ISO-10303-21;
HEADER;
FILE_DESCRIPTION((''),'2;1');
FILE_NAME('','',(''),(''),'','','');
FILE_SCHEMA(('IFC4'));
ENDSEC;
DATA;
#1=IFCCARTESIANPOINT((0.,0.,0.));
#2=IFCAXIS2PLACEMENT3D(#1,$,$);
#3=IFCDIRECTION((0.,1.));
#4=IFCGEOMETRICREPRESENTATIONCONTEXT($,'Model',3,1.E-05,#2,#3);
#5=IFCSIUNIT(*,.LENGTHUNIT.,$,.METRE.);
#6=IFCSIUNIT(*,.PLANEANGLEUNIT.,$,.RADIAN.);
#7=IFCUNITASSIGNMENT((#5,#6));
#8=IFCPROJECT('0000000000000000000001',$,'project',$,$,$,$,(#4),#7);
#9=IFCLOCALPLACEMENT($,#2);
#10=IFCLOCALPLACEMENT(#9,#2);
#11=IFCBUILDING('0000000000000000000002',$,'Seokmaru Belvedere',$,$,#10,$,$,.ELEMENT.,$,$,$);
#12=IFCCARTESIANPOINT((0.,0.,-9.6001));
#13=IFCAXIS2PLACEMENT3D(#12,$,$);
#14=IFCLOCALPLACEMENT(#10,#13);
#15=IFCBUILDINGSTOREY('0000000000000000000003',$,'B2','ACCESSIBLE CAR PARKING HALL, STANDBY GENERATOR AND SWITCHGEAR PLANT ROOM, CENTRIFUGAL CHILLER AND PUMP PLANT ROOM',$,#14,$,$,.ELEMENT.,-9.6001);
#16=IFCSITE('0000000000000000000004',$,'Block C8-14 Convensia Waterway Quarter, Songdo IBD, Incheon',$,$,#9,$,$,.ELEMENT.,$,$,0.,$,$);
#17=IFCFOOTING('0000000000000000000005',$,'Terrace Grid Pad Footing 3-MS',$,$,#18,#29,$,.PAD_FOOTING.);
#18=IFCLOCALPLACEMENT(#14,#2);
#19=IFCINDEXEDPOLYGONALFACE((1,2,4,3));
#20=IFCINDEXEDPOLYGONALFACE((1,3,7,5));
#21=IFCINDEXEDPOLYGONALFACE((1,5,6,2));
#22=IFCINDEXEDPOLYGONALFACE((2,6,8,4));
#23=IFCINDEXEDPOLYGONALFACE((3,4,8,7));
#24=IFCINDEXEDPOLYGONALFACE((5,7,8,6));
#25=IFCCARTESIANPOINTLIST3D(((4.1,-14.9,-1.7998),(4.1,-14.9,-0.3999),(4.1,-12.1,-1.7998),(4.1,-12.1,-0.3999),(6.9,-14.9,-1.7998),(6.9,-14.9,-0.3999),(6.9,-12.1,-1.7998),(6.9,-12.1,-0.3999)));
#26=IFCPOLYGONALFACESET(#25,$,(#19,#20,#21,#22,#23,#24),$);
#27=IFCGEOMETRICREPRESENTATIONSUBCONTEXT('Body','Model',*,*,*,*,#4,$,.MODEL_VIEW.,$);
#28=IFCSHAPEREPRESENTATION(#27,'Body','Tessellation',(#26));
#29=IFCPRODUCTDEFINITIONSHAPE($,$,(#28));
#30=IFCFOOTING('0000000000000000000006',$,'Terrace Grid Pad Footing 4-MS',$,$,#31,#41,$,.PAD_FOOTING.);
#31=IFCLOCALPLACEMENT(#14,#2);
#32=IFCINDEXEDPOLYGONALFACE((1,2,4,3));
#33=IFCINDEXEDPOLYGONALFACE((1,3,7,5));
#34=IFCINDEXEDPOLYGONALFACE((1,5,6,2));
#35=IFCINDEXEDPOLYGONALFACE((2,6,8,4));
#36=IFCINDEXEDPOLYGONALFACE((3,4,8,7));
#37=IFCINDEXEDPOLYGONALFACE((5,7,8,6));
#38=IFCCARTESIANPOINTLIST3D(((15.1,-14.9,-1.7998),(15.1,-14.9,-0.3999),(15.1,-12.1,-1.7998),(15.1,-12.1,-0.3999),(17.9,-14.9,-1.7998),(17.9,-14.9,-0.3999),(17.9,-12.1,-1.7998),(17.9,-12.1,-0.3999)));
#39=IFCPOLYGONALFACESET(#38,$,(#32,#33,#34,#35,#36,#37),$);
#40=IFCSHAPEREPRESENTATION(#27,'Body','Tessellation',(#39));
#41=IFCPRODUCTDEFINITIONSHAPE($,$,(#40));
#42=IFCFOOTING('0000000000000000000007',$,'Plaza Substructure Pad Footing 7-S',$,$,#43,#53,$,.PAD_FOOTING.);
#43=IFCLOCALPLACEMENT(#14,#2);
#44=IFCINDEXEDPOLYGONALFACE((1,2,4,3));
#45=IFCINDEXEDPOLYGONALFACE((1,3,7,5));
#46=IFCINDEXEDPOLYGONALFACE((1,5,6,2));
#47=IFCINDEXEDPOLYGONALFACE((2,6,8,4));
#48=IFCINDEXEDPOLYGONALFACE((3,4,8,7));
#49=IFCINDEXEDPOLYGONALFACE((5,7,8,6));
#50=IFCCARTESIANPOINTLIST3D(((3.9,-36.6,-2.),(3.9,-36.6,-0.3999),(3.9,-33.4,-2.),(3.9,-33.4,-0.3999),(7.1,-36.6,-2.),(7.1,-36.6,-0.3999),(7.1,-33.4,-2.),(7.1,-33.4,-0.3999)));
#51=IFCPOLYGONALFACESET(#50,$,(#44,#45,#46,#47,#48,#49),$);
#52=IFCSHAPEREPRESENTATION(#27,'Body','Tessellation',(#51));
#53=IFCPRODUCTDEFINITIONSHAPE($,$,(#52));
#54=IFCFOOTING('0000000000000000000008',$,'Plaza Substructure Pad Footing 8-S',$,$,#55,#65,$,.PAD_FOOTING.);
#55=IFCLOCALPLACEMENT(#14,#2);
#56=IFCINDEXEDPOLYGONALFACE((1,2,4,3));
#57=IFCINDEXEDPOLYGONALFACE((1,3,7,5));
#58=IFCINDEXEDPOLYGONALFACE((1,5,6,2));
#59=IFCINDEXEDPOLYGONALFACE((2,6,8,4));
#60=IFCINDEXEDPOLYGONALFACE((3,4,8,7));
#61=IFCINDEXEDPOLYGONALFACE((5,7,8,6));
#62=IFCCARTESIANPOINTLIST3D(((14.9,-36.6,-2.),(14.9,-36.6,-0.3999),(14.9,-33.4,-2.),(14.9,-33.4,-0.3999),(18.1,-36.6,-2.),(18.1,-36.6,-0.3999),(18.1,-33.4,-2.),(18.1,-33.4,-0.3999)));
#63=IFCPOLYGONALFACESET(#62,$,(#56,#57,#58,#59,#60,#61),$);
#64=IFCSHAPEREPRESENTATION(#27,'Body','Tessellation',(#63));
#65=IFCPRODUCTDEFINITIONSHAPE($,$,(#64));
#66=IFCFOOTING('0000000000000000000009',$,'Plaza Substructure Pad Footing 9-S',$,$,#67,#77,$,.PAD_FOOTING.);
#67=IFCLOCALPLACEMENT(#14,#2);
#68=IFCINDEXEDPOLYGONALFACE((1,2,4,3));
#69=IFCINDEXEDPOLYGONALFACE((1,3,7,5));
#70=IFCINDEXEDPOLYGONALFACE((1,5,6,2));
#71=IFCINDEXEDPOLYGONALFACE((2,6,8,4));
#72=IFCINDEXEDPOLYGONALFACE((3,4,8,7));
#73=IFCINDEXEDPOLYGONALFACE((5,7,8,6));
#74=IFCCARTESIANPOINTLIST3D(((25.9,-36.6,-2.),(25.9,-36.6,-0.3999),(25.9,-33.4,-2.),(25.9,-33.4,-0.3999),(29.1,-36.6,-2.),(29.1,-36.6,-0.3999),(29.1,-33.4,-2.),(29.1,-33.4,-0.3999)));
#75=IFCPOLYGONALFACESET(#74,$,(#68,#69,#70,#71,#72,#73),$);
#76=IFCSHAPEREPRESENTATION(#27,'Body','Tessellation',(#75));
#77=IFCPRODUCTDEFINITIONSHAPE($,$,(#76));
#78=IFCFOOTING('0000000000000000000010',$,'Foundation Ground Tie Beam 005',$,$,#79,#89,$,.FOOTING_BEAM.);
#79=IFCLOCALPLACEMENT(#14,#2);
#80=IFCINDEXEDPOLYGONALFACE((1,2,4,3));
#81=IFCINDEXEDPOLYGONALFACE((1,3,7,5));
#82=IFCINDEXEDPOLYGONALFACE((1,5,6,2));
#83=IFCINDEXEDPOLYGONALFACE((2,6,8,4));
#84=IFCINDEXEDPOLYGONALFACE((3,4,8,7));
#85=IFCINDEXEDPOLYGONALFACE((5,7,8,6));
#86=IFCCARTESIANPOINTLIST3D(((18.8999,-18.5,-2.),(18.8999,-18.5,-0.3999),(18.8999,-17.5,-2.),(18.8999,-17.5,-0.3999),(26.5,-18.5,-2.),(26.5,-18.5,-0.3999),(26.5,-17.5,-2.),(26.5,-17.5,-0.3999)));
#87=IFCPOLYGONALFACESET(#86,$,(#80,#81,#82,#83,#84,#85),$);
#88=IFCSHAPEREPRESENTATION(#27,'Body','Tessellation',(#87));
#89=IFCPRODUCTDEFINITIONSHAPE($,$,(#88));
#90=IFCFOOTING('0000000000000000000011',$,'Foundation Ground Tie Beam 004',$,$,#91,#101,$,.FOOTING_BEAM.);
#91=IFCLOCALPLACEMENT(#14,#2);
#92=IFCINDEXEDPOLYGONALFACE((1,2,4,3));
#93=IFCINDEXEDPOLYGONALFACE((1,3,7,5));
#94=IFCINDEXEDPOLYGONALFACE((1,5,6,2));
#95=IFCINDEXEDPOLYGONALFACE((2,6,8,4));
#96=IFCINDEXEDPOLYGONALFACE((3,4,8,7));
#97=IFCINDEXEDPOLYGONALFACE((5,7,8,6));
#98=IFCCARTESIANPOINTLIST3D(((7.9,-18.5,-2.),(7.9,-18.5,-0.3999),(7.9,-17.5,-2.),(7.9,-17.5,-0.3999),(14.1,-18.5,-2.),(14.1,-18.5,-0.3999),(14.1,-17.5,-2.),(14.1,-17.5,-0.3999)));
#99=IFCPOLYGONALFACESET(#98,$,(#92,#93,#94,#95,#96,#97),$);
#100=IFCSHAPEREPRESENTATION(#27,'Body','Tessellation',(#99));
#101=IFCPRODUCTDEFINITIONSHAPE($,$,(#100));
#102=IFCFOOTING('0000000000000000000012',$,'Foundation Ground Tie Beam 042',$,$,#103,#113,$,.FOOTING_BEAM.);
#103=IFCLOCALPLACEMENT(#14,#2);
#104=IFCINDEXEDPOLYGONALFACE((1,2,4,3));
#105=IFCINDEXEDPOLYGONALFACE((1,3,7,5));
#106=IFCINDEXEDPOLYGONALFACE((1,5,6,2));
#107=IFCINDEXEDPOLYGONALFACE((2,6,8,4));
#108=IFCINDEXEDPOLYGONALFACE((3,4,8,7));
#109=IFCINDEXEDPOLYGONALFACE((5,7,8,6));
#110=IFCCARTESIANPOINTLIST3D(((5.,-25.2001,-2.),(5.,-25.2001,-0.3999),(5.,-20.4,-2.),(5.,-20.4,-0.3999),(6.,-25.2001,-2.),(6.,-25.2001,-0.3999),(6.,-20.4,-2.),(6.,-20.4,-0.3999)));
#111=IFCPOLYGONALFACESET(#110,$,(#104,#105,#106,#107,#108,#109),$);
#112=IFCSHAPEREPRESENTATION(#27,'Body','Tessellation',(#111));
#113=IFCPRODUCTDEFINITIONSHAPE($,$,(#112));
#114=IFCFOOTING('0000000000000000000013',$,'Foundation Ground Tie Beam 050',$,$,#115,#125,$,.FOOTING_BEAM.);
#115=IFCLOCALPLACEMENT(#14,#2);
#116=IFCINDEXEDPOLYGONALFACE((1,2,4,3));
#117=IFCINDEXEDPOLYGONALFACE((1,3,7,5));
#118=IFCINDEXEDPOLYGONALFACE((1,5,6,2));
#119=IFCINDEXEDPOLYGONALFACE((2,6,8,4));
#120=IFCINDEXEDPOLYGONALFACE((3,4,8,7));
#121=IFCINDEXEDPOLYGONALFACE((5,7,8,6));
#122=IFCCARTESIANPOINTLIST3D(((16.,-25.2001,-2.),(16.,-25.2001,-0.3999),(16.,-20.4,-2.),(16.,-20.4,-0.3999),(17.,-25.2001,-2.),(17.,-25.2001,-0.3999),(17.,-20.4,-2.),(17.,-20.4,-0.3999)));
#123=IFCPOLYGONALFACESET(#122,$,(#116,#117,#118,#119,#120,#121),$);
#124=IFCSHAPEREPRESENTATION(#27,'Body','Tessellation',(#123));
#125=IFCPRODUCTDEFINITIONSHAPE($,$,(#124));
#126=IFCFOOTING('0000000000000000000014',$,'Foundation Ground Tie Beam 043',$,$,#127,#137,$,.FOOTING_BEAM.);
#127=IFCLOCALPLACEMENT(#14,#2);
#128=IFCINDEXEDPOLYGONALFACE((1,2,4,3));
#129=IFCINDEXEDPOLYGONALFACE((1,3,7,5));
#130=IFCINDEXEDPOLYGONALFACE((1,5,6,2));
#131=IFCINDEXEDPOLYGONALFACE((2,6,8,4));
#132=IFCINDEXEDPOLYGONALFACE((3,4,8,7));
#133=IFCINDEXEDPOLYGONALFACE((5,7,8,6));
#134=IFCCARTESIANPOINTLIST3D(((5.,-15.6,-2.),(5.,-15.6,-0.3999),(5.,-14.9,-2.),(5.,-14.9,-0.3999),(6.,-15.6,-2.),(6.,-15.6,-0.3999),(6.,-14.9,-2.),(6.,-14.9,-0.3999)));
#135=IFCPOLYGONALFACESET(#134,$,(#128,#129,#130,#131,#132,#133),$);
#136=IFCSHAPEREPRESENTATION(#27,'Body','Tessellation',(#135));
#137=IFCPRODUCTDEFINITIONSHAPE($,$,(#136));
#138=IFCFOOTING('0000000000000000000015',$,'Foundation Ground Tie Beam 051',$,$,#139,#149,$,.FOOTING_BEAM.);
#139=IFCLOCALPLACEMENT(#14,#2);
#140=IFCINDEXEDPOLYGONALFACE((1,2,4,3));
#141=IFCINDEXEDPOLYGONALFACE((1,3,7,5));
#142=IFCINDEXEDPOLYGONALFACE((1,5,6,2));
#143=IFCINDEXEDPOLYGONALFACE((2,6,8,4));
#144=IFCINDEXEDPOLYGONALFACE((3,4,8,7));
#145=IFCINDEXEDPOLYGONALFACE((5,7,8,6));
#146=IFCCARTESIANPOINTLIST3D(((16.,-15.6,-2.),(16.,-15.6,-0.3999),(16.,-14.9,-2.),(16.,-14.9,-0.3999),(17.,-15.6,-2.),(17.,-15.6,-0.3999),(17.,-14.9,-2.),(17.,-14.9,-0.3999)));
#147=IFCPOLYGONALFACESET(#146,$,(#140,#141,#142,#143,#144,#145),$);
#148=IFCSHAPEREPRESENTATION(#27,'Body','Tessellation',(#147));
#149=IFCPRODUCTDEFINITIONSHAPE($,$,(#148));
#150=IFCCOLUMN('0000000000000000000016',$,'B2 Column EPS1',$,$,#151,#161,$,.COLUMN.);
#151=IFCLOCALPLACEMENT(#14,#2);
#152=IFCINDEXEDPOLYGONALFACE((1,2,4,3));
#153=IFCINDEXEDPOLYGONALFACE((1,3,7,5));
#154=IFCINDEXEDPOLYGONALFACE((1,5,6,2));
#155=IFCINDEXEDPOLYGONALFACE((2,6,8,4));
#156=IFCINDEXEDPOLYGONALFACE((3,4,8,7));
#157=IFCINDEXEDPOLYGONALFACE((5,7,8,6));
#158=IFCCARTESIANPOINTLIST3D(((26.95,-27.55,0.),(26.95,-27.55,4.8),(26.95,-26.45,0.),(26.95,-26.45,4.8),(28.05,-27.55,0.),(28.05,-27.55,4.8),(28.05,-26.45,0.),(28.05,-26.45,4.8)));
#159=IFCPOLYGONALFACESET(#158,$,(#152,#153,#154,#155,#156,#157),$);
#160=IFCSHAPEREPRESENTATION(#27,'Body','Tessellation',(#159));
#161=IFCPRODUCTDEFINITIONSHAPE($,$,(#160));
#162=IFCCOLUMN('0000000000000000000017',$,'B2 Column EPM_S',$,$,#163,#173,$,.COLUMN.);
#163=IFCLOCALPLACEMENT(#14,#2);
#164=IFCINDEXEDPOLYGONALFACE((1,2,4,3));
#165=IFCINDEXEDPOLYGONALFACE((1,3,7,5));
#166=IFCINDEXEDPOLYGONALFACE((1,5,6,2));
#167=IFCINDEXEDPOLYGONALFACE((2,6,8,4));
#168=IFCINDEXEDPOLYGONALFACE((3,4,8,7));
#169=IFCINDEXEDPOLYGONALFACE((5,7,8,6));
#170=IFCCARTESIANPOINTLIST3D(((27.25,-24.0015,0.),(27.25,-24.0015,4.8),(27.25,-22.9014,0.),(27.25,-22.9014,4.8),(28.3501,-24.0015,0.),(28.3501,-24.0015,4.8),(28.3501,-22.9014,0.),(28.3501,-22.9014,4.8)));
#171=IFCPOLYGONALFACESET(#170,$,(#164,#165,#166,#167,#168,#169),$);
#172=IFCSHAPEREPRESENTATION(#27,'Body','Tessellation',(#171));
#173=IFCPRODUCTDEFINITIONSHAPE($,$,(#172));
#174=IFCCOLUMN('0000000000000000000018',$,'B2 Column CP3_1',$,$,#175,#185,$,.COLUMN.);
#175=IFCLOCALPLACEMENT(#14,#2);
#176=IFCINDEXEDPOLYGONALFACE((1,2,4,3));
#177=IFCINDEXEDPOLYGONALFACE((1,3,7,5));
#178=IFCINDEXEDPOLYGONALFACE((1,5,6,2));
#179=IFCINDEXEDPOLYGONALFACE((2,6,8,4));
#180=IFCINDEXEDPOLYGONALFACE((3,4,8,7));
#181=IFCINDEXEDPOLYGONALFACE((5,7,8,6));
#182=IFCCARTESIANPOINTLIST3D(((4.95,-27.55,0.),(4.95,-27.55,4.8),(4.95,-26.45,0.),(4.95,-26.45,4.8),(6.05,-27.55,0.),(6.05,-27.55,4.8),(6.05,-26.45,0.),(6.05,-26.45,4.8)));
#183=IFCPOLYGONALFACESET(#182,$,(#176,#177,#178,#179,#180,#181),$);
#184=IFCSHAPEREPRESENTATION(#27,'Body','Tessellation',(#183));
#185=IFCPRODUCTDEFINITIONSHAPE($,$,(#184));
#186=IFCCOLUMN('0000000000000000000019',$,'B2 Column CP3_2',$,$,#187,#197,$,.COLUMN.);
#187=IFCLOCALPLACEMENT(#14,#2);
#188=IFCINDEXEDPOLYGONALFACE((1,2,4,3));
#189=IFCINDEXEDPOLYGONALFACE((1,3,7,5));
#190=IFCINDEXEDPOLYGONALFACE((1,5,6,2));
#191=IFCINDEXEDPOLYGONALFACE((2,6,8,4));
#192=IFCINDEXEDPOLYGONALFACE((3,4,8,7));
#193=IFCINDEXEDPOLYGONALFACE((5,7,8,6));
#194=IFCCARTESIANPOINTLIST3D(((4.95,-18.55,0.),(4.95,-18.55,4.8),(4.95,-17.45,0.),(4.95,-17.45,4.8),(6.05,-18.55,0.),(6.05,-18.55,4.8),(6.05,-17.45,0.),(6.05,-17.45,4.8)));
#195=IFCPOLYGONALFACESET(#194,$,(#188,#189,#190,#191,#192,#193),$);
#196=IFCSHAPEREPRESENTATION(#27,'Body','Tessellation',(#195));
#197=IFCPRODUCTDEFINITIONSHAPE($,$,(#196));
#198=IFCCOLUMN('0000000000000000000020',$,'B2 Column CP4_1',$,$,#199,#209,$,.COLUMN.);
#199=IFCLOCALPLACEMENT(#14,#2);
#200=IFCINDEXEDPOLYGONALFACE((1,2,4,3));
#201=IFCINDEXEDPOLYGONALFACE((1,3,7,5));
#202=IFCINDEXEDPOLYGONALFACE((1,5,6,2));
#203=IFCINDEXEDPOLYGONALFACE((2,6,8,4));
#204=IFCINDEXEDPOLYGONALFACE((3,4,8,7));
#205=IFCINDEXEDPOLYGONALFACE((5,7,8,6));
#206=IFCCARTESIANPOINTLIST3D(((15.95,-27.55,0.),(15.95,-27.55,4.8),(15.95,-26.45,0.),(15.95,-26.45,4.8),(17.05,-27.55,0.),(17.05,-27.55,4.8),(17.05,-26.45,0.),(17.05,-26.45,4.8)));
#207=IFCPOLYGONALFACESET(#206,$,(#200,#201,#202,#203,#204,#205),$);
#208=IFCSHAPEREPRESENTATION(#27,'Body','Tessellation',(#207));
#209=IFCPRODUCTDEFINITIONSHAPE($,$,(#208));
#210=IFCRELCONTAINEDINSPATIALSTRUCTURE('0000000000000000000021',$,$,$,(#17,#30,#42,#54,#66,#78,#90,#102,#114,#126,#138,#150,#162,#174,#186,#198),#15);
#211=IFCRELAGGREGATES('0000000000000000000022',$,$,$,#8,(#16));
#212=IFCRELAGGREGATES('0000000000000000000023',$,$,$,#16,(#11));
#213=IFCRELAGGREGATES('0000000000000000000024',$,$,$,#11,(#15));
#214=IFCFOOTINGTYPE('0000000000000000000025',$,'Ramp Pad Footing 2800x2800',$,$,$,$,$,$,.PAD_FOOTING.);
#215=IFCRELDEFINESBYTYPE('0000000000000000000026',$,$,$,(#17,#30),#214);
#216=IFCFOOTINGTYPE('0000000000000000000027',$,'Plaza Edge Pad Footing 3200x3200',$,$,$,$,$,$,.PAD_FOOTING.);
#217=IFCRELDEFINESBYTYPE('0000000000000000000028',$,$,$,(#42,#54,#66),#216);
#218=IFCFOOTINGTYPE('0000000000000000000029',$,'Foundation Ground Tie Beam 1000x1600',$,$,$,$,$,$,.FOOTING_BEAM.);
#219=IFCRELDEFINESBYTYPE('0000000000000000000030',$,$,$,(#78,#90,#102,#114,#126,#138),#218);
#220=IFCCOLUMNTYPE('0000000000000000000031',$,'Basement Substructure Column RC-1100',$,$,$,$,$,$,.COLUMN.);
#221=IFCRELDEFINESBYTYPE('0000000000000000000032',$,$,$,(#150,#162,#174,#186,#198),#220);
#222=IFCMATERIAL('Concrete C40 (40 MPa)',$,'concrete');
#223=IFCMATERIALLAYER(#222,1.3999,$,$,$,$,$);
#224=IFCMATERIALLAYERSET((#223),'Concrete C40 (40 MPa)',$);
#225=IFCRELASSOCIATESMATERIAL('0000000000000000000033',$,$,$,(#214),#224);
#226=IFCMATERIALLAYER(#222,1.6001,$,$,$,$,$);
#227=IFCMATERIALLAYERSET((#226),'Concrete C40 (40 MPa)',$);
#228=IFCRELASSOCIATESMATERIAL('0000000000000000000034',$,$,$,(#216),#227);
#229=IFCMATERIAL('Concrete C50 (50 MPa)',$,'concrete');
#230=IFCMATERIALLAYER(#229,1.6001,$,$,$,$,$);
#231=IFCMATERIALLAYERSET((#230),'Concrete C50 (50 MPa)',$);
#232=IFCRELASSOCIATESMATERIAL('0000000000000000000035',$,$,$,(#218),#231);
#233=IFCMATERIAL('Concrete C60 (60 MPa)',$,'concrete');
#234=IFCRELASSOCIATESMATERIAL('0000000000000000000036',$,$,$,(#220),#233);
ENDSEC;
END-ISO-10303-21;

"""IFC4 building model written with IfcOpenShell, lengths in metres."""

from ifc_helpers import new_model, si_unit, direction, frame, origin, origin_2d, place, context, subcontext, project, spatial, rectangle, extrude, source, transform, mapped, material, layer, layer_set, material_profile, profile_set, type_object, type_shapes, element, save


model = new_model("IFC4")

# Units and contexts
model_context = context("Model", 3, precision=1e-05, world=origin(), true_north=direction((0.0, 1.0)))
body_context = subcontext(model_context, "Body", "Model", "MODEL_VIEW")
ifc_project = project(units=[si_unit("LENGTHUNIT", "METRE"), si_unit("PLANEANGLEUNIT", "RADIAN")], contexts=[model_context])

# Site, building, storey
site_placement = place(None, origin())
site = spatial("IfcSite", under=ifc_project, at=site_placement, Name="Block C8-14 Convensia Waterway Quarter, Songdo IBD, Incheon", CompositionType="ELEMENT", RefElevation=0.0)
building_placement = place(site_placement, origin())
building = spatial("IfcBuilding", under=site, at=building_placement, Name="Seokmaru Belvedere", CompositionType="ELEMENT")
storey_placement = place(building_placement, frame((0.0, 0.0, -9.6001)))
storey = spatial("IfcBuildingStorey", under=building, at=storey_placement, Name="B2", Description="ACCESSIBLE CAR PARKING HALL, STANDBY GENERATOR AND SWITCHGEAR PLANT ROOM, CENTRIFUGAL CHILLER AND PUMP PLANT ROOM", CompositionType="ELEMENT", Elevation=-9.6001)

# Shared definitions
ifc_material_1 = material(Name="Concrete C50 (50 MPa)", Category="concrete")

# Footings
ifc_material_2 = material(Name="Concrete C40 (40 MPa)", Category="concrete")
ifc_layer_1 = layer(ifc_material_2, 1.3999)
ifc_layer_set_1 = layer_set([ifc_layer_1], Name="Concrete C40 (40 MPa)")
footing_type_1 = type_object("IfcFootingType", Name="Ramp Pad Footing 2800x2800", PredefinedType="PAD_FOOTING", material=ifc_layer_set_1)
shared_shape_1 = source(origin(), body_context, "Body", "SweptSolid", [
    extrude(rectangle(XDim=2.8, YDim=2.8, at=origin_2d()), origin(), (0.0, 0.0, 1.0), 1.3999),
])
type_shapes(footing_type_1, [shared_shape_1])
for number, where, z_axis, x_axis, name in (
    (1, (5.5, -13.5, -1.7998), (0.0, 0.0, 1.0), (1.0, 0.0, 0.0), "Terrace Grid Pad Footing 3-MS"),
    (2, (16.5, -13.5, -1.7998), (0.0, 0.0, 1.0), (1.0, 0.0, 0.0), "Terrace Grid Pad Footing 4-MS"),
):
    element("IfcFooting", number, at=place(storey_placement, frame(where, z_axis=z_axis, x_axis=x_axis)), inside=storey, type_object=footing_type_1, Name=name, PredefinedType="PAD_FOOTING", context=body_context, shape_type="MappedRepresentation", body=[
        mapped(shared_shape_1, transform((0.0, 0.0, 0.0), scale=1.0)),
    ])
ifc_layer_2 = layer(ifc_material_2, 1.6001)
ifc_layer_set_2 = layer_set([ifc_layer_2], Name="Concrete C40 (40 MPa)")
footing_type_2 = type_object("IfcFootingType", Name="Plaza Edge Pad Footing 3200x3200", PredefinedType="PAD_FOOTING", material=ifc_layer_set_2)
shared_shape_2 = source(origin(), body_context, "Body", "SweptSolid", [
    extrude(rectangle(XDim=3.2, YDim=3.2, at=origin_2d()), origin(), (0.0, 0.0, 1.0), 1.6001),
])
type_shapes(footing_type_2, [shared_shape_2])
for number, where, z_axis, x_axis, name in (
    (3, (5.5, -35.0, -2.0), (0.0, 0.0, 1.0), (1.0, 0.0, 0.0), "Plaza Substructure Pad Footing 7-S"),
    (4, (16.5, -35.0, -2.0), (0.0, 0.0, 1.0), (1.0, 0.0, 0.0), "Plaza Substructure Pad Footing 8-S"),
    (5, (27.5, -35.0, -2.0), (0.0, 0.0, 1.0), (1.0, 0.0, 0.0), "Plaza Substructure Pad Footing 9-S"),
):
    element("IfcFooting", number, at=place(storey_placement, frame(where, z_axis=z_axis, x_axis=x_axis)), inside=storey, type_object=footing_type_2, Name=name, PredefinedType="PAD_FOOTING", context=body_context, shape_type="MappedRepresentation", body=[
        mapped(shared_shape_2, transform((0.0, 0.0, 0.0), scale=1.0)),
    ])
ifc_layer_3 = layer(ifc_material_1, 1.6001)
ifc_layer_set_3 = layer_set([ifc_layer_3], Name="Concrete C50 (50 MPa)")
footing_type_3 = type_object("IfcFootingType", Name="Foundation Ground Tie Beam 1000x1600", PredefinedType="FOOTING_BEAM", material=ifc_layer_set_3)
shared_shape_3 = source(origin(), body_context, "Body", "SweptSolid", [
    extrude(rectangle(XDim=7.6001, YDim=1.0, at=origin_2d()), origin(), (0.0, 0.0, 1.0), 1.6001),
])
footing_1_placement = place(storey_placement, frame((22.7, -18.0, -2.0), z_axis=(0.0, 0.0, 1.0), x_axis=(1.0, 0.0, 0.0)))
element("IfcFooting", 6, at=footing_1_placement, inside=storey, type_object=footing_type_3, Name="Foundation Ground Tie Beam 005", PredefinedType="FOOTING_BEAM", context=body_context, shape_type="MappedRepresentation", body=[
    mapped(shared_shape_3, transform((0.0, 0.0, 0.0), scale=1.0)),
])
shared_shape_4 = source(origin(), body_context, "Body", "SweptSolid", [
    extrude(rectangle(XDim=6.2, YDim=1.0, at=origin_2d()), origin(), (0.0, 0.0, 1.0), 1.6001),
])
footing_2_placement = place(storey_placement, frame((11.0, -18.0, -2.0), z_axis=(0.0, 0.0, 1.0), x_axis=(1.0, 0.0, 0.0)))
element("IfcFooting", 7, at=footing_2_placement, inside=storey, type_object=footing_type_3, Name="Foundation Ground Tie Beam 004", PredefinedType="FOOTING_BEAM", context=body_context, shape_type="MappedRepresentation", body=[
    mapped(shared_shape_4, transform((0.0, 0.0, 0.0), scale=1.0)),
])
shared_shape_5 = source(origin(), body_context, "Body", "SweptSolid", [
    extrude(rectangle(XDim=1.0, YDim=4.8, at=origin_2d()), origin(), (0.0, 0.0, 1.0), 1.6001),
])
for number, where, z_axis, x_axis, name in (
    (8, (5.5, -22.8, -2.0), (0.0, 0.0, 1.0), (1.0, 0.0, 0.0), "Foundation Ground Tie Beam 042"),
    (9, (16.5, -22.8, -2.0), (0.0, 0.0, 1.0), (1.0, 0.0, 0.0), "Foundation Ground Tie Beam 050"),
):
    element("IfcFooting", number, at=place(storey_placement, frame(where, z_axis=z_axis, x_axis=x_axis)), inside=storey, type_object=footing_type_3, Name=name, PredefinedType="FOOTING_BEAM", context=body_context, shape_type="MappedRepresentation", body=[
        mapped(shared_shape_5, transform((0.0, 0.0, 0.0), scale=1.0)),
    ])
shared_shape_6 = source(origin(), body_context, "Body", "SweptSolid", [
    extrude(rectangle(XDim=1.0, YDim=0.7, at=origin_2d()), origin(), (0.0, 0.0, 1.0), 1.6001),
])
type_shapes(footing_type_3, [shared_shape_3, shared_shape_4, shared_shape_5, shared_shape_6])
for number, where, z_axis, x_axis, name in (
    (10, (5.5, -15.25, -2.0), (0.0, 0.0, 1.0), (1.0, 0.0, 0.0), "Foundation Ground Tie Beam 043"),
    (11, (16.5, -15.25, -2.0), (0.0, 0.0, 1.0), (1.0, 0.0, 0.0), "Foundation Ground Tie Beam 051"),
):
    element("IfcFooting", number, at=place(storey_placement, frame(where, z_axis=z_axis, x_axis=x_axis)), inside=storey, type_object=footing_type_3, Name=name, PredefinedType="FOOTING_BEAM", context=body_context, shape_type="MappedRepresentation", body=[
        mapped(shared_shape_6, transform((0.0, 0.0, 0.0), scale=1.0)),
    ])

# Columns
ifc_material_3 = material(Name="Concrete C60 (60 MPa)", Category="concrete")
ifc_material_profile_1 = material_profile(ifc_material_3, rectangle(XDim=1.1001, YDim=1.1001, at=origin_2d()), Name="RC-1100x1100")
ifc_profile_set_1 = profile_set([ifc_material_profile_1], Name="Concrete C60 (60 MPa)")
column_type_1 = type_object("IfcColumnType", Name="Basement Substructure Column RC-1100", PredefinedType="COLUMN", material=ifc_profile_set_1)
shared_shape_7 = source(origin(), body_context, "Body", "SweptSolid", [
    extrude(rectangle(XDim=1.1001, YDim=1.1001, at=origin_2d()), origin(), (0.0, 0.0, 1.0), 4.8),
])
type_shapes(column_type_1, [shared_shape_7])
for number, where, z_axis, x_axis, name in (
    (12, (27.5, -27.0, 0.0), (0.0, 0.0, 1.0), (1.0, 0.0, 0.0), "B2 Column EPS1"),
    (13, (27.8, -23.4514, 0.0), (0.0, 0.0, 1.0), (1.0, 0.0, 0.0), "B2 Column EPM_S"),
    (14, (5.5, -27.0, 0.0), (0.0, 0.0, 1.0), (1.0, 0.0, 0.0), "B2 Column CP3_1"),
    (15, (5.5, -18.0, 0.0), (0.0, 0.0, 1.0), (1.0, 0.0, 0.0), "B2 Column CP3_2"),
    (16, (16.5, -27.0, 0.0), (0.0, 0.0, 1.0), (1.0, 0.0, 0.0), "B2 Column CP4_1"),
):
    element("IfcColumn", number, at=place(storey_placement, frame(where, z_axis=z_axis, x_axis=x_axis)), inside=storey, type_object=column_type_1, Name=name, PredefinedType="COLUMN", context=body_context, shape_type="MappedRepresentation", body=[
        mapped(shared_shape_7, transform((0.0, 0.0, 0.0), scale=1.0)),
    ])

save(model, "model.ifc")
